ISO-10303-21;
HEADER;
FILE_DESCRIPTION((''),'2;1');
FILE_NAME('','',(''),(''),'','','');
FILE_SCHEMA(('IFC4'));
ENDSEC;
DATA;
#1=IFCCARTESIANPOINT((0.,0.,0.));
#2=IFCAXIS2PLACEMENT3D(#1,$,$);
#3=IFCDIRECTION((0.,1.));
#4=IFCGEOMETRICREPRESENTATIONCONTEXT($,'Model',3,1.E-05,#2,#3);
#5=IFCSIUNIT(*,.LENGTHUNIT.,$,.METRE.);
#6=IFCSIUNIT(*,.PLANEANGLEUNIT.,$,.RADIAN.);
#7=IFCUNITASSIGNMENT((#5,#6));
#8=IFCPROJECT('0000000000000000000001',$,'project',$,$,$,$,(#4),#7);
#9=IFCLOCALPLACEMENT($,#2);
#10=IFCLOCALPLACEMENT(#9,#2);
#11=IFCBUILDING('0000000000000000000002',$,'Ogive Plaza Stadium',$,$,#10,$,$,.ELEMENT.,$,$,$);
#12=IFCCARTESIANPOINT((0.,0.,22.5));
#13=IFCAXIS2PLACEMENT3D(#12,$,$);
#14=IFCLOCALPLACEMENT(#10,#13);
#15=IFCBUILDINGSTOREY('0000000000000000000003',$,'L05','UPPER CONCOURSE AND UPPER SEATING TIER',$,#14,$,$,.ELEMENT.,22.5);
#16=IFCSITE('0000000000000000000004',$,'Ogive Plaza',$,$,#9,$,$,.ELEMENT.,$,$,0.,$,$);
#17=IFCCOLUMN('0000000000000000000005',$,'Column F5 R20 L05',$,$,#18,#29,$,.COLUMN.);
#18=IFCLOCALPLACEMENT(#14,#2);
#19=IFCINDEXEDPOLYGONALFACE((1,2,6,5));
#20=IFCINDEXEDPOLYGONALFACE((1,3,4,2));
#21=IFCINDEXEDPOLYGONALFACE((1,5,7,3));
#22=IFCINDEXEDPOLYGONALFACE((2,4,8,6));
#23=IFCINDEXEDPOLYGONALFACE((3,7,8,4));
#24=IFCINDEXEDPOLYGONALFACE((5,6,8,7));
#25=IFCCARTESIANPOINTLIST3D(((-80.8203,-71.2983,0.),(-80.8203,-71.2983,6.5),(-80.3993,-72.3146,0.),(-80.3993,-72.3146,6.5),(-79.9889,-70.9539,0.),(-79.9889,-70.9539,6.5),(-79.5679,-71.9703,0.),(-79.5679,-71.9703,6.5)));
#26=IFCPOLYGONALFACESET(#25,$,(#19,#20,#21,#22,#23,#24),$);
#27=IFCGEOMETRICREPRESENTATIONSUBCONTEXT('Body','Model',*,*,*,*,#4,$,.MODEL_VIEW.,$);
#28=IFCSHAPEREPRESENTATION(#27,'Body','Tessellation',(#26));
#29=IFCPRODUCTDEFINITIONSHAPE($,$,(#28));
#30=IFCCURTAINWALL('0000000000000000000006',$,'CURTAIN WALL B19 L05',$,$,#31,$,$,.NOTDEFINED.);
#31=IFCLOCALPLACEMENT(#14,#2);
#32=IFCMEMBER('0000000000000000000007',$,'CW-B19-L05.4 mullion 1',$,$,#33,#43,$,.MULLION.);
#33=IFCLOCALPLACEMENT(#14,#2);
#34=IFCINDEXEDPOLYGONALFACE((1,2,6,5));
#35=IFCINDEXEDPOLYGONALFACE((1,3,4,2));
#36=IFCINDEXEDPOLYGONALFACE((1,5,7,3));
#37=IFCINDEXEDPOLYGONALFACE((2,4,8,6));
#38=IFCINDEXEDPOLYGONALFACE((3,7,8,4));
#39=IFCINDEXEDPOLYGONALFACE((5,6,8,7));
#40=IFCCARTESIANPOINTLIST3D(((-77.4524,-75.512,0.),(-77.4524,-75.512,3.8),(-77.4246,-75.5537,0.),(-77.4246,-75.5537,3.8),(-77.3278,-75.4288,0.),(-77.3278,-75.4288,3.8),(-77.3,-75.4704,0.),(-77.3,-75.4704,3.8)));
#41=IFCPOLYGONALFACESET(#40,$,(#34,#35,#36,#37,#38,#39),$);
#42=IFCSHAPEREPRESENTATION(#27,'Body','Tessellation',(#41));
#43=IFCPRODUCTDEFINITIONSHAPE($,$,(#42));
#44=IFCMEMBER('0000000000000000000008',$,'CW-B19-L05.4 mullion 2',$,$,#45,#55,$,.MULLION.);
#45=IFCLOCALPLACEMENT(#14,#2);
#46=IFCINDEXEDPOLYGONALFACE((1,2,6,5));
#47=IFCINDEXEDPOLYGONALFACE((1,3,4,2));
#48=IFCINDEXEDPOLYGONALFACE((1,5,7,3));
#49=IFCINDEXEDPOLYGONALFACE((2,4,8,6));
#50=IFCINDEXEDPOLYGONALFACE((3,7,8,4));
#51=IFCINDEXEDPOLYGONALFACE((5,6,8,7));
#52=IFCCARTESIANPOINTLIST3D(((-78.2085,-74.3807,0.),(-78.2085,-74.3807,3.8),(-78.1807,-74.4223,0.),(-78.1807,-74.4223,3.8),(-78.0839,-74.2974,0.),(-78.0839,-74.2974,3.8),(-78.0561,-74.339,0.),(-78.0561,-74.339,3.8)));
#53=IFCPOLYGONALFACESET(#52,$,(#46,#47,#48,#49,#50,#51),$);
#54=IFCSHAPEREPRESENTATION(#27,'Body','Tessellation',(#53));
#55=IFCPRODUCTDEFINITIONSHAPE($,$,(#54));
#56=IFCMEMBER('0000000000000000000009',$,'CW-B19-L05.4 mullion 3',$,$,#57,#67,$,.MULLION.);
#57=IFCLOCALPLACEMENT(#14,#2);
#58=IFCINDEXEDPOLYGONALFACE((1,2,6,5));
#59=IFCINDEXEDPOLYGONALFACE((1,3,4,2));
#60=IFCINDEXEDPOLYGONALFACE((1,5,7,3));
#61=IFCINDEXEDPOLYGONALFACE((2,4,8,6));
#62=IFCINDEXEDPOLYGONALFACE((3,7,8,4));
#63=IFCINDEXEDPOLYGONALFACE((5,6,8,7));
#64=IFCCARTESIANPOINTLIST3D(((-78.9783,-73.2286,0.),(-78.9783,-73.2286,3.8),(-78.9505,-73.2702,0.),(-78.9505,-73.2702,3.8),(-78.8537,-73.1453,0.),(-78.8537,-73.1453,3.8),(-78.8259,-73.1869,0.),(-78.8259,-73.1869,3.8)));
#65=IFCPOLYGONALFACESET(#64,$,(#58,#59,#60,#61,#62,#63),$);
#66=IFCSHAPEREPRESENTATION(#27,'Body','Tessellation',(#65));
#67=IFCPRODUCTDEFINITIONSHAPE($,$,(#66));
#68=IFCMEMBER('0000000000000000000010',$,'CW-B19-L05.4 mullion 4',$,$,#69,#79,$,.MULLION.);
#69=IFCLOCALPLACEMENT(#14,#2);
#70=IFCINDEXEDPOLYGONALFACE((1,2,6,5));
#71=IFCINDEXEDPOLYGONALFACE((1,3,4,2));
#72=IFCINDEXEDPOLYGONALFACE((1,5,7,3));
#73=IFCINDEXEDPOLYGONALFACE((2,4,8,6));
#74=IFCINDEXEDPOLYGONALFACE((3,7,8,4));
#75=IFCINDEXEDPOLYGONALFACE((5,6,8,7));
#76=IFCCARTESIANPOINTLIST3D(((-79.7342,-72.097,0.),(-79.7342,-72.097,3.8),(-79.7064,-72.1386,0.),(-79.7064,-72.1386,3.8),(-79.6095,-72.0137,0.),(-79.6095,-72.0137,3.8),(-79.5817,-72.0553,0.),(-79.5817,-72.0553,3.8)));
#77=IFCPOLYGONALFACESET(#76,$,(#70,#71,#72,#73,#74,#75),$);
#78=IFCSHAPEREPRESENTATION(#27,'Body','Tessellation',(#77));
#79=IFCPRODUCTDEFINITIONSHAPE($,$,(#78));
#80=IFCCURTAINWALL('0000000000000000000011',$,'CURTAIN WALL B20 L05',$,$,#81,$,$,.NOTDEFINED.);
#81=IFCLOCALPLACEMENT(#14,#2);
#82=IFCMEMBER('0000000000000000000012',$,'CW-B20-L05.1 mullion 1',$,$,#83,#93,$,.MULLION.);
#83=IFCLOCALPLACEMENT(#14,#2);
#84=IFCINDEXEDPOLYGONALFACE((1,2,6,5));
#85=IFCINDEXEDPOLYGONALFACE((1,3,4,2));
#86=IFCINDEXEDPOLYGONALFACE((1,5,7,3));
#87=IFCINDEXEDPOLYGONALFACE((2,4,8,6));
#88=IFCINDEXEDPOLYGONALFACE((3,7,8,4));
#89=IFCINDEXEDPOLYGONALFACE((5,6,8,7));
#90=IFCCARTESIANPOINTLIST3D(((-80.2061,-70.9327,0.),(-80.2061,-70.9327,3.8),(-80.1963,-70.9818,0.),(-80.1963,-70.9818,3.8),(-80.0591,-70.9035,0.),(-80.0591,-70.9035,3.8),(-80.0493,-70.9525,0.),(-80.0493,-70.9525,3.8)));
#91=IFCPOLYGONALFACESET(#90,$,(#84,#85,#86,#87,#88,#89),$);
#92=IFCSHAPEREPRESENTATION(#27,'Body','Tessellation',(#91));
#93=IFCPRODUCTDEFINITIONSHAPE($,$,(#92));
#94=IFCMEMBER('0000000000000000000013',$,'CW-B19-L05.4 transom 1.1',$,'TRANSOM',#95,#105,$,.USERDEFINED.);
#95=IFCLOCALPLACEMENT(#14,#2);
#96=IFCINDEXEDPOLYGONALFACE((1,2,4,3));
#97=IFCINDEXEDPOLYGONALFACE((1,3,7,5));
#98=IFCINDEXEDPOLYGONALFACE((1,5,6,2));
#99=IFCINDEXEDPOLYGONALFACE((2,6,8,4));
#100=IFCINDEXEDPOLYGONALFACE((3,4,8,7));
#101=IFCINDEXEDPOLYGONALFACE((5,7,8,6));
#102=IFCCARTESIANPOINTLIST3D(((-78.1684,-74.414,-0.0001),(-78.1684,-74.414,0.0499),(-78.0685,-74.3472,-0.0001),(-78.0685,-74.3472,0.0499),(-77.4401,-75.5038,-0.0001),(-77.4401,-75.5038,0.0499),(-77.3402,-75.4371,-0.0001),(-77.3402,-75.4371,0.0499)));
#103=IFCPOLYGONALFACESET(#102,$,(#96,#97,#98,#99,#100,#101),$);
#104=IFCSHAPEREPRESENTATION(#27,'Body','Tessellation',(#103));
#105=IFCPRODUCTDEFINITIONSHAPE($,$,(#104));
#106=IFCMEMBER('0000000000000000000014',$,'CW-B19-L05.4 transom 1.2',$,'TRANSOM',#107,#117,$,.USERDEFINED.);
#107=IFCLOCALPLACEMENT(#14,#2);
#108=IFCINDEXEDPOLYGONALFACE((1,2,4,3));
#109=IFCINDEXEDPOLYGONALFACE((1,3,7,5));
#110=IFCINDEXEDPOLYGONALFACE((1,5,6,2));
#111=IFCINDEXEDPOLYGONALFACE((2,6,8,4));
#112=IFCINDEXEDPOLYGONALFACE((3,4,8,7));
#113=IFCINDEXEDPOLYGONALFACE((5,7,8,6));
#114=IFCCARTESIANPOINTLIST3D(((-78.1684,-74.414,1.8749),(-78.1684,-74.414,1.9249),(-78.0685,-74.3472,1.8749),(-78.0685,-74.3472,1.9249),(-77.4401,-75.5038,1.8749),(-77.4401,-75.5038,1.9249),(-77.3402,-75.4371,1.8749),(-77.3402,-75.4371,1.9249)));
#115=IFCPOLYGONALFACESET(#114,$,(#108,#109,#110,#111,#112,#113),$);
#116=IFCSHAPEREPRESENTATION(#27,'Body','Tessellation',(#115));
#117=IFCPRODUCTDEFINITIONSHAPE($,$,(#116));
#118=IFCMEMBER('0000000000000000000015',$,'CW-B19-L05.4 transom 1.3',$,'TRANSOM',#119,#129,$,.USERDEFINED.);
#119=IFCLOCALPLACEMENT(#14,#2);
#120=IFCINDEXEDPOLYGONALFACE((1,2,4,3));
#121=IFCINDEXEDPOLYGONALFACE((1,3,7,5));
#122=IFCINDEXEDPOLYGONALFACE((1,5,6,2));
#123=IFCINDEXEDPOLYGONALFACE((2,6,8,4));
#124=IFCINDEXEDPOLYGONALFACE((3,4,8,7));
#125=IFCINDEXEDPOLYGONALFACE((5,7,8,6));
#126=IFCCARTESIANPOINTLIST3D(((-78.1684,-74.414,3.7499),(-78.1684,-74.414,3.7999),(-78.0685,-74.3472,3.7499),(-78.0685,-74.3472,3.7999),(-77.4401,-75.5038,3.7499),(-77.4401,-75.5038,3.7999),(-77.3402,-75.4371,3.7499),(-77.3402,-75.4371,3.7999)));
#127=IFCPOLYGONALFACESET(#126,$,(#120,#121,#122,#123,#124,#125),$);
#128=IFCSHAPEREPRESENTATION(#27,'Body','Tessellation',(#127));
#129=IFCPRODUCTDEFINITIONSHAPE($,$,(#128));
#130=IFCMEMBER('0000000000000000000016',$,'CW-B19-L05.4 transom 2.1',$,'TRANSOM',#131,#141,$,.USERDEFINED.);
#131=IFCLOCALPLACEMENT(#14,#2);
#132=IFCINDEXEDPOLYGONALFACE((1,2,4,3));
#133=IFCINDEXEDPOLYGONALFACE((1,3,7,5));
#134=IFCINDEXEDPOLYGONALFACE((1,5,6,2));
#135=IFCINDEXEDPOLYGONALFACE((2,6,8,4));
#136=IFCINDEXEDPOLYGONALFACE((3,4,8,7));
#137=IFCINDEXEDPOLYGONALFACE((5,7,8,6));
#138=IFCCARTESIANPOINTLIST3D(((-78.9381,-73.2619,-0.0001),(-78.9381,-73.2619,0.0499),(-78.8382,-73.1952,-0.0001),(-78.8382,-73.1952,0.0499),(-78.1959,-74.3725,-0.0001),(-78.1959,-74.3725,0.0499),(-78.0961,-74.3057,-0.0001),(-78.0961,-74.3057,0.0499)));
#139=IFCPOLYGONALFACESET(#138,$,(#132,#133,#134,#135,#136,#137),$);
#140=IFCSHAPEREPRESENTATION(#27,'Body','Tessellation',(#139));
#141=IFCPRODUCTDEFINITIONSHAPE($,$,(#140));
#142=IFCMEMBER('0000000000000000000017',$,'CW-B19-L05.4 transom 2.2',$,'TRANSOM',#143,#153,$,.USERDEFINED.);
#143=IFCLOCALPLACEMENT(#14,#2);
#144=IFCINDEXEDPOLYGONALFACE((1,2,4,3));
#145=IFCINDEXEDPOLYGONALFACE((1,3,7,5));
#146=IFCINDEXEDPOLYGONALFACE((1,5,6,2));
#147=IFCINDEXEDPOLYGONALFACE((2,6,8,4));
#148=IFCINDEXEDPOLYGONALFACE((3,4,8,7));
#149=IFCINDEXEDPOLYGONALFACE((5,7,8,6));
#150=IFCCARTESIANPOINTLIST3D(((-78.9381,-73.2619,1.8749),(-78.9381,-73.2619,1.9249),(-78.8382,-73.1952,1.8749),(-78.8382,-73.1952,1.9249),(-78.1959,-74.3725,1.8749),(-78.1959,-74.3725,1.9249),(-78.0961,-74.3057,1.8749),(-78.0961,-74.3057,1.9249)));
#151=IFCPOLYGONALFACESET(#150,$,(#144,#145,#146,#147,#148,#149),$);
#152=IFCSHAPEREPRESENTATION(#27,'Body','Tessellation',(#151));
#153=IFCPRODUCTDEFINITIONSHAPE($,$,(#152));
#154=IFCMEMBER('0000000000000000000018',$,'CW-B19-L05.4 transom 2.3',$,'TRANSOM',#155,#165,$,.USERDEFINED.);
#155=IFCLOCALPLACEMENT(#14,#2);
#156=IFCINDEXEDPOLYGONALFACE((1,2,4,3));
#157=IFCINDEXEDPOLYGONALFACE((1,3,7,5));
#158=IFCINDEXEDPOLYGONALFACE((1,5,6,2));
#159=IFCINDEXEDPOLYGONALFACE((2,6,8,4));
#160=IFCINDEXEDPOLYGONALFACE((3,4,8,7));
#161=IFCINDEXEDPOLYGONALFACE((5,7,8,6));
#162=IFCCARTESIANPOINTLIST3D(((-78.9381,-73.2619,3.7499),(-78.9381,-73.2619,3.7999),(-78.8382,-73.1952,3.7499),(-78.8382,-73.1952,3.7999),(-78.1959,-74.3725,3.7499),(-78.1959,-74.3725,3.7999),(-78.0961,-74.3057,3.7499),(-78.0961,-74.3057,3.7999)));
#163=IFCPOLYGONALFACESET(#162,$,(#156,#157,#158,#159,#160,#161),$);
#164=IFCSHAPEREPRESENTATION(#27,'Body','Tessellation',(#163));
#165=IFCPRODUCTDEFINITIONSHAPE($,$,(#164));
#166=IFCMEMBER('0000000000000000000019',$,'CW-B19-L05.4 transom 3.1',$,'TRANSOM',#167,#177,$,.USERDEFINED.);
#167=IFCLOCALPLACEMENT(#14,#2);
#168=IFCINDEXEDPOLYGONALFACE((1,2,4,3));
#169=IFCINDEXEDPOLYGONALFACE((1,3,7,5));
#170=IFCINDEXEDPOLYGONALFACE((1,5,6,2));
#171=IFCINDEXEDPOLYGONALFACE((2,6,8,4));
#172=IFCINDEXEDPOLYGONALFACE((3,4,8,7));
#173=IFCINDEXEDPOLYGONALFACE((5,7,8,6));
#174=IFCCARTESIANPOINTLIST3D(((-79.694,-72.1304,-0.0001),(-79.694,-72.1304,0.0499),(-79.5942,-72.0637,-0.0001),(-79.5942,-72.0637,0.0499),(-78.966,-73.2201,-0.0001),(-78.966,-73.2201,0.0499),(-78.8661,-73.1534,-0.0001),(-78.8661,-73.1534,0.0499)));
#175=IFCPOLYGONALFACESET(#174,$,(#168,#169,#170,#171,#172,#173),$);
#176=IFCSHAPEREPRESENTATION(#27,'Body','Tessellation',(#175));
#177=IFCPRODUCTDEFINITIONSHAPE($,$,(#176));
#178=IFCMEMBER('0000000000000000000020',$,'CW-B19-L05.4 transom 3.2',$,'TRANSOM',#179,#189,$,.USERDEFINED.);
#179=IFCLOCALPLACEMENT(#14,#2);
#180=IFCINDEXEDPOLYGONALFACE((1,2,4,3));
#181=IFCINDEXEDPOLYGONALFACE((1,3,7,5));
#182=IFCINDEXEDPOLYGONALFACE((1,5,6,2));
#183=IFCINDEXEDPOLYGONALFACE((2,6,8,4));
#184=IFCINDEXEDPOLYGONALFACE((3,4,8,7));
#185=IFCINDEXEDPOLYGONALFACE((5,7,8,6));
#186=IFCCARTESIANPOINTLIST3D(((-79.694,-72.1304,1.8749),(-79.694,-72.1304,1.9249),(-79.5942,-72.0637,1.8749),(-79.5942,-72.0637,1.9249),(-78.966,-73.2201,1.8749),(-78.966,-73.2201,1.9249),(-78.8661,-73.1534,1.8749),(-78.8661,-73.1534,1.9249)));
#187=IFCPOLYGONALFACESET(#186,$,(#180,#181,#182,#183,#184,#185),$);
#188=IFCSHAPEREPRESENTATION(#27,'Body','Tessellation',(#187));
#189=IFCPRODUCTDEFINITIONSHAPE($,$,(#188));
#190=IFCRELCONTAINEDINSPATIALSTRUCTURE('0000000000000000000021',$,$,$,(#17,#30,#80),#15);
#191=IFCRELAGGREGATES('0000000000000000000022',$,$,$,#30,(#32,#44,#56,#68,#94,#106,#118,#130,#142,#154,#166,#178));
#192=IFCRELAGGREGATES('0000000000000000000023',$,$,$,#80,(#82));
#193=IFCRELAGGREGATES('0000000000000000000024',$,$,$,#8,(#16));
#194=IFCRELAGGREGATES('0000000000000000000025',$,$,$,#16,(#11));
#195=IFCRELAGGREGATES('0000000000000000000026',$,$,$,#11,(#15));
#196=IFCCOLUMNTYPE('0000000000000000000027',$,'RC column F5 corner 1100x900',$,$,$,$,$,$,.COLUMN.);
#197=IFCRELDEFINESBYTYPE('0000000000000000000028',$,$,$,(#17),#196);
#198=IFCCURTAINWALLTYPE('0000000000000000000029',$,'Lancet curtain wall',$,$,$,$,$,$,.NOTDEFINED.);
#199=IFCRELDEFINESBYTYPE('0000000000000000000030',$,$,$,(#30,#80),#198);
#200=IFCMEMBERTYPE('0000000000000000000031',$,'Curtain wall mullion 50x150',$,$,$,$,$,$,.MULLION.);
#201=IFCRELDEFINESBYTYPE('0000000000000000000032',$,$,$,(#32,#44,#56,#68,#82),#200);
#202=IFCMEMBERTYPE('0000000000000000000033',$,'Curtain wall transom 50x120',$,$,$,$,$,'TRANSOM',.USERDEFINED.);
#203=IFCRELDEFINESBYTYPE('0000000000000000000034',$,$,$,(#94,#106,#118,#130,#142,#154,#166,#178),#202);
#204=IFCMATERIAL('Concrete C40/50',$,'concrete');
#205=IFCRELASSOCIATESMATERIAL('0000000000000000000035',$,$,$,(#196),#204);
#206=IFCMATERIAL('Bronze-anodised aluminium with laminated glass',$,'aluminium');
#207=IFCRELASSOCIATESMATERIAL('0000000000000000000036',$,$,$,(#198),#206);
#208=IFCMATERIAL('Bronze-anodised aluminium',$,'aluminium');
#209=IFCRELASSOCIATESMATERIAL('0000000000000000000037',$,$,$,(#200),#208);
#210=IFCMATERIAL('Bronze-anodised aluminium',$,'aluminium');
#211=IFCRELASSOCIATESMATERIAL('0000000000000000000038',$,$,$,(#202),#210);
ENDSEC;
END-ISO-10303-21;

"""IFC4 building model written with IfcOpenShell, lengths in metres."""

from ifc_helpers import new_model, si_unit, direction, frame, origin, origin_2d, place, context, subcontext, project, spatial, rectangle, extrude, material, material_profile, profile_set, type_object, element, aggregate, save


model = new_model("IFC4")

# Units and contexts
model_context = context("Model", 3, precision=1e-05, world=origin(), true_north=direction((0.0, 1.0)))
body_context = subcontext(model_context, "Body", "Model", "MODEL_VIEW")
ifc_project = project(units=[si_unit("LENGTHUNIT", "METRE"), si_unit("PLANEANGLEUNIT", "RADIAN")], contexts=[model_context])

# Site, building, storey
site_placement = place(None, origin())
site = spatial("IfcSite", under=ifc_project, at=site_placement, Name="Ogive Plaza", CompositionType="ELEMENT", RefElevation=0.0)
building_placement = place(site_placement, origin())
building = spatial("IfcBuilding", under=site, at=building_placement, Name="Ogive Plaza Stadium", CompositionType="ELEMENT")
storey_placement = place(building_placement, frame((0.0, 0.0, 22.5)))
storey = spatial("IfcBuildingStorey", under=building, at=storey_placement, Name="L05", Description="UPPER CONCOURSE AND UPPER SEATING TIER", CompositionType="ELEMENT", Elevation=22.5)

# Column
ifc_material_1 = material(Name="Concrete C40/50", Category="concrete")
ifc_material_profile_1 = material_profile(ifc_material_1, rectangle(XDim=1.1001, YDim=0.8999, at=origin_2d()), Name="RC 1100x900")
ifc_profile_set_1 = profile_set([ifc_material_profile_1], Name="Concrete C40/50")
column_type = type_object("IfcColumnType", Name="RC column F5 corner 1100x900", PredefinedType="COLUMN", material=ifc_profile_set_1)
column_placement = place(storey_placement, frame((-80.1941, -71.6343, 0.0), z_axis=(0.0, 0.0, 1.0), x_axis=(0.382683, -0.92388, 0.0)))
element("IfcColumn", 1, at=column_placement, inside=storey, type_object=column_type, Name="Column F5 R20 L05", PredefinedType="COLUMN", context=body_context, shape_type="SweptSolid", body=[
    extrude(rectangle(XDim=1.1001, YDim=0.8999, at=origin_2d()), origin(), (0.0, 0.0, 1.0), 6.5),
])

# Curtain wall, members
ifc_material_2 = material(Name="Bronze-anodised aluminium with laminated glass", Category="aluminium")
curtain_wall_type = type_object("IfcCurtainWallType", Name="Lancet curtain wall", PredefinedType="NOTDEFINED", material=ifc_material_2)
curtain_wall_1_placement = place(storey_placement, origin())
curtain_wall_1 = element("IfcCurtainWall", 2, at=curtain_wall_1_placement, inside=storey, type_object=curtain_wall_type, Name="CURTAIN WALL B19 L05", PredefinedType="NOTDEFINED")
ifc_material_3 = material(Name="Bronze-anodised aluminium", Category="aluminium")
ifc_material_profile_2 = material_profile(ifc_material_3, rectangle(XDim=0.1499, YDim=0.05, at=origin_2d()), Name="AL 150x50")
ifc_profile_set_2 = profile_set([ifc_material_profile_2], Name="Bronze-anodised aluminium")
member_type_1 = type_object("IfcMemberType", Name="Curtain wall mullion 50x150", PredefinedType="MULLION", material=ifc_profile_set_2)
member_1_placement = place(storey_placement, frame((-77.3762, -75.4912, 0.0), z_axis=(0.0, 0.0, 1.0), x_axis=(-0.83147, -0.55557, 0.0)))
member_1 = element("IfcMember", 3, at=member_1_placement, type_object=member_type_1, Name="CW-B19-L05.4 mullion 1", PredefinedType="MULLION", context=body_context, shape_type="SweptSolid", body=[
    extrude(rectangle(XDim=0.1499, YDim=0.05, at=origin_2d()), origin(), (0.0, 0.0, 1.0), 3.8),
])
member_2_placement = place(storey_placement, frame((-78.1323, -74.3599, 0.0), z_axis=(0.0, 0.0, 1.0), x_axis=(-0.83147, -0.55557, 0.0)))
member_2 = element("IfcMember", 4, at=member_2_placement, type_object=member_type_1, Name="CW-B19-L05.4 mullion 2", PredefinedType="MULLION", context=body_context, shape_type="SweptSolid", body=[
    extrude(rectangle(XDim=0.1499, YDim=0.05, at=origin_2d()), origin(), (0.0, 0.0, 1.0), 3.8),
])
member_3_placement = place(storey_placement, frame((-78.9021, -73.2078, 0.0), z_axis=(0.0, 0.0, 1.0), x_axis=(-0.83147, -0.55557, 0.0)))
member_3 = element("IfcMember", 5, at=member_3_placement, type_object=member_type_1, Name="CW-B19-L05.4 mullion 3", PredefinedType="MULLION", context=body_context, shape_type="SweptSolid", body=[
    extrude(rectangle(XDim=0.1499, YDim=0.05, at=origin_2d()), origin(), (0.0, 0.0, 1.0), 3.8),
])
member_4_placement = place(storey_placement, frame((-79.658, -72.0762, 0.0), z_axis=(0.0, 0.0, 1.0), x_axis=(-0.83147, -0.55557, 0.0)))
member_4 = element("IfcMember", 6, at=member_4_placement, type_object=member_type_1, Name="CW-B19-L05.4 mullion 4", PredefinedType="MULLION", context=body_context, shape_type="SweptSolid", body=[
    extrude(rectangle(XDim=0.1499, YDim=0.05, at=origin_2d()), origin(), (0.0, 0.0, 1.0), 3.8),
])

# Curtain wall, member
curtain_wall_2_placement = place(storey_placement, origin())
curtain_wall_2 = element("IfcCurtainWall", 7, at=curtain_wall_2_placement, inside=storey, type_object=curtain_wall_type, Name="CURTAIN WALL B20 L05", PredefinedType="NOTDEFINED")
member_5_placement = place(storey_placement, frame((-80.1277, -70.9426, 0.0), z_axis=(0.0, 0.0, 1.0), x_axis=(-0.980785, -0.19509, 0.0)))
member_5 = element("IfcMember", 8, at=member_5_placement, type_object=member_type_1, Name="CW-B20-L05.1 mullion 1", PredefinedType="MULLION", context=body_context, shape_type="SweptSolid", body=[
    extrude(rectangle(XDim=0.1499, YDim=0.05, at=origin_2d()), origin(), (0.0, 0.0, 1.0), 3.8),
])

# Members
ifc_material_4 = material(Name="Bronze-anodised aluminium", Category="aluminium")
ifc_material_profile_3 = material_profile(ifc_material_4, rectangle(XDim=0.1201, YDim=0.05, at=origin_2d()), Name="AL 120x50")
ifc_profile_set_3 = profile_set([ifc_material_profile_3], Name="Bronze-anodised aluminium")
member_type_2 = type_object("IfcMemberType", Name="Curtain wall transom 50x120", ElementType="TRANSOM", PredefinedType="USERDEFINED", material=ifc_profile_set_3)
member_6_placement = place(storey_placement, frame((-77.3901, -75.4705, 0.0249), z_axis=(-0.555602, 0.831448, 0.0), x_axis=(-0.831448, -0.555602, 0.0)))
member_6 = element("IfcMember", 9, at=member_6_placement, type_object=member_type_2, Name="CW-B19-L05.4 transom 1.1", ObjectType="TRANSOM", PredefinedType="USERDEFINED", context=body_context, shape_type="SweptSolid", body=[
    extrude(rectangle(XDim=0.1201, YDim=0.05, at=origin_2d()), origin(), (0.0, 0.0, 1.0), 1.3108),
])
member_7_placement = place(storey_placement, frame((-77.3901, -75.4705, 1.8999), z_axis=(-0.555602, 0.831448, 0.0), x_axis=(-0.831448, -0.555602, 0.0)))
member_7 = element("IfcMember", 10, at=member_7_placement, type_object=member_type_2, Name="CW-B19-L05.4 transom 1.2", ObjectType="TRANSOM", PredefinedType="USERDEFINED", context=body_context, shape_type="SweptSolid", body=[
    extrude(rectangle(XDim=0.1201, YDim=0.05, at=origin_2d()), origin(), (0.0, 0.0, 1.0), 1.3108),
])
member_8_placement = place(storey_placement, frame((-77.3901, -75.4705, 3.7749), z_axis=(-0.555602, 0.831448, 0.0), x_axis=(-0.831448, -0.555602, 0.0)))
member_8 = element("IfcMember", 11, at=member_8_placement, type_object=member_type_2, Name="CW-B19-L05.4 transom 1.3", ObjectType="TRANSOM", PredefinedType="USERDEFINED", context=body_context, shape_type="SweptSolid", body=[
    extrude(rectangle(XDim=0.1201, YDim=0.05, at=origin_2d()), origin(), (0.0, 0.0, 1.0), 1.3108),
])
member_9_placement = place(storey_placement, frame((-78.146, -74.3391, 0.0249), z_axis=(-0.555628, 0.831431, 0.0), x_axis=(-0.831431, -0.555628, 0.0)))
member_9 = element("IfcMember", 12, at=member_9_placement, type_object=member_type_2, Name="CW-B19-L05.4 transom 2.1", ObjectType="TRANSOM", PredefinedType="USERDEFINED", context=body_context, shape_type="SweptSolid", body=[
    extrude(rectangle(XDim=0.1201, YDim=0.05, at=origin_2d()), origin(), (0.0, 0.0, 1.0), 1.3357),
])
member_10_placement = place(storey_placement, frame((-78.146, -74.3391, 1.8999), z_axis=(-0.555628, 0.831431, 0.0), x_axis=(-0.831431, -0.555628, 0.0)))
member_10 = element("IfcMember", 13, at=member_10_placement, type_object=member_type_2, Name="CW-B19-L05.4 transom 2.2", ObjectType="TRANSOM", PredefinedType="USERDEFINED", context=body_context, shape_type="SweptSolid", body=[
    extrude(rectangle(XDim=0.1201, YDim=0.05, at=origin_2d()), origin(), (0.0, 0.0, 1.0), 1.3357),
])
member_11_placement = place(storey_placement, frame((-78.146, -74.3391, 3.7749), z_axis=(-0.555628, 0.831431, 0.0), x_axis=(-0.831431, -0.555628, 0.0)))
member_11 = element("IfcMember", 14, at=member_11_placement, type_object=member_type_2, Name="CW-B19-L05.4 transom 2.3", ObjectType="TRANSOM", PredefinedType="USERDEFINED", context=body_context, shape_type="SweptSolid", body=[
    extrude(rectangle(XDim=0.1201, YDim=0.05, at=origin_2d()), origin(), (0.0, 0.0, 1.0), 1.3357),
])
member_12_placement = place(storey_placement, frame((-78.916, -73.1868, 0.0249), z_axis=(-0.55556, 0.831477, 0.0), x_axis=(-0.831477, -0.55556, 0.0)))
member_12 = element("IfcMember", 15, at=member_12_placement, type_object=member_type_2, Name="CW-B19-L05.4 transom 3.1", ObjectType="TRANSOM", PredefinedType="USERDEFINED", context=body_context, shape_type="SweptSolid", body=[
    extrude(rectangle(XDim=0.1201, YDim=0.05, at=origin_2d()), origin(), (0.0, 0.0, 1.0), 1.3105),
])
member_13_placement = place(storey_placement, frame((-78.916, -73.1868, 1.8999), z_axis=(-0.55556, 0.831477, 0.0), x_axis=(-0.831477, -0.55556, 0.0)))
member_13 = element("IfcMember", 16, at=member_13_placement, type_object=member_type_2, Name="CW-B19-L05.4 transom 3.2", ObjectType="TRANSOM", PredefinedType="USERDEFINED", context=body_context, shape_type="SweptSolid", body=[
    extrude(rectangle(XDim=0.1201, YDim=0.05, at=origin_2d()), origin(), (0.0, 0.0, 1.0), 1.3105),
])

aggregate(curtain_wall_1, [member_1, member_2, member_3, member_4, member_6, member_7, member_8, member_9, member_10, member_11, member_12, member_13])
aggregate(curtain_wall_2, [member_5])

save(model, "model.ifc")
